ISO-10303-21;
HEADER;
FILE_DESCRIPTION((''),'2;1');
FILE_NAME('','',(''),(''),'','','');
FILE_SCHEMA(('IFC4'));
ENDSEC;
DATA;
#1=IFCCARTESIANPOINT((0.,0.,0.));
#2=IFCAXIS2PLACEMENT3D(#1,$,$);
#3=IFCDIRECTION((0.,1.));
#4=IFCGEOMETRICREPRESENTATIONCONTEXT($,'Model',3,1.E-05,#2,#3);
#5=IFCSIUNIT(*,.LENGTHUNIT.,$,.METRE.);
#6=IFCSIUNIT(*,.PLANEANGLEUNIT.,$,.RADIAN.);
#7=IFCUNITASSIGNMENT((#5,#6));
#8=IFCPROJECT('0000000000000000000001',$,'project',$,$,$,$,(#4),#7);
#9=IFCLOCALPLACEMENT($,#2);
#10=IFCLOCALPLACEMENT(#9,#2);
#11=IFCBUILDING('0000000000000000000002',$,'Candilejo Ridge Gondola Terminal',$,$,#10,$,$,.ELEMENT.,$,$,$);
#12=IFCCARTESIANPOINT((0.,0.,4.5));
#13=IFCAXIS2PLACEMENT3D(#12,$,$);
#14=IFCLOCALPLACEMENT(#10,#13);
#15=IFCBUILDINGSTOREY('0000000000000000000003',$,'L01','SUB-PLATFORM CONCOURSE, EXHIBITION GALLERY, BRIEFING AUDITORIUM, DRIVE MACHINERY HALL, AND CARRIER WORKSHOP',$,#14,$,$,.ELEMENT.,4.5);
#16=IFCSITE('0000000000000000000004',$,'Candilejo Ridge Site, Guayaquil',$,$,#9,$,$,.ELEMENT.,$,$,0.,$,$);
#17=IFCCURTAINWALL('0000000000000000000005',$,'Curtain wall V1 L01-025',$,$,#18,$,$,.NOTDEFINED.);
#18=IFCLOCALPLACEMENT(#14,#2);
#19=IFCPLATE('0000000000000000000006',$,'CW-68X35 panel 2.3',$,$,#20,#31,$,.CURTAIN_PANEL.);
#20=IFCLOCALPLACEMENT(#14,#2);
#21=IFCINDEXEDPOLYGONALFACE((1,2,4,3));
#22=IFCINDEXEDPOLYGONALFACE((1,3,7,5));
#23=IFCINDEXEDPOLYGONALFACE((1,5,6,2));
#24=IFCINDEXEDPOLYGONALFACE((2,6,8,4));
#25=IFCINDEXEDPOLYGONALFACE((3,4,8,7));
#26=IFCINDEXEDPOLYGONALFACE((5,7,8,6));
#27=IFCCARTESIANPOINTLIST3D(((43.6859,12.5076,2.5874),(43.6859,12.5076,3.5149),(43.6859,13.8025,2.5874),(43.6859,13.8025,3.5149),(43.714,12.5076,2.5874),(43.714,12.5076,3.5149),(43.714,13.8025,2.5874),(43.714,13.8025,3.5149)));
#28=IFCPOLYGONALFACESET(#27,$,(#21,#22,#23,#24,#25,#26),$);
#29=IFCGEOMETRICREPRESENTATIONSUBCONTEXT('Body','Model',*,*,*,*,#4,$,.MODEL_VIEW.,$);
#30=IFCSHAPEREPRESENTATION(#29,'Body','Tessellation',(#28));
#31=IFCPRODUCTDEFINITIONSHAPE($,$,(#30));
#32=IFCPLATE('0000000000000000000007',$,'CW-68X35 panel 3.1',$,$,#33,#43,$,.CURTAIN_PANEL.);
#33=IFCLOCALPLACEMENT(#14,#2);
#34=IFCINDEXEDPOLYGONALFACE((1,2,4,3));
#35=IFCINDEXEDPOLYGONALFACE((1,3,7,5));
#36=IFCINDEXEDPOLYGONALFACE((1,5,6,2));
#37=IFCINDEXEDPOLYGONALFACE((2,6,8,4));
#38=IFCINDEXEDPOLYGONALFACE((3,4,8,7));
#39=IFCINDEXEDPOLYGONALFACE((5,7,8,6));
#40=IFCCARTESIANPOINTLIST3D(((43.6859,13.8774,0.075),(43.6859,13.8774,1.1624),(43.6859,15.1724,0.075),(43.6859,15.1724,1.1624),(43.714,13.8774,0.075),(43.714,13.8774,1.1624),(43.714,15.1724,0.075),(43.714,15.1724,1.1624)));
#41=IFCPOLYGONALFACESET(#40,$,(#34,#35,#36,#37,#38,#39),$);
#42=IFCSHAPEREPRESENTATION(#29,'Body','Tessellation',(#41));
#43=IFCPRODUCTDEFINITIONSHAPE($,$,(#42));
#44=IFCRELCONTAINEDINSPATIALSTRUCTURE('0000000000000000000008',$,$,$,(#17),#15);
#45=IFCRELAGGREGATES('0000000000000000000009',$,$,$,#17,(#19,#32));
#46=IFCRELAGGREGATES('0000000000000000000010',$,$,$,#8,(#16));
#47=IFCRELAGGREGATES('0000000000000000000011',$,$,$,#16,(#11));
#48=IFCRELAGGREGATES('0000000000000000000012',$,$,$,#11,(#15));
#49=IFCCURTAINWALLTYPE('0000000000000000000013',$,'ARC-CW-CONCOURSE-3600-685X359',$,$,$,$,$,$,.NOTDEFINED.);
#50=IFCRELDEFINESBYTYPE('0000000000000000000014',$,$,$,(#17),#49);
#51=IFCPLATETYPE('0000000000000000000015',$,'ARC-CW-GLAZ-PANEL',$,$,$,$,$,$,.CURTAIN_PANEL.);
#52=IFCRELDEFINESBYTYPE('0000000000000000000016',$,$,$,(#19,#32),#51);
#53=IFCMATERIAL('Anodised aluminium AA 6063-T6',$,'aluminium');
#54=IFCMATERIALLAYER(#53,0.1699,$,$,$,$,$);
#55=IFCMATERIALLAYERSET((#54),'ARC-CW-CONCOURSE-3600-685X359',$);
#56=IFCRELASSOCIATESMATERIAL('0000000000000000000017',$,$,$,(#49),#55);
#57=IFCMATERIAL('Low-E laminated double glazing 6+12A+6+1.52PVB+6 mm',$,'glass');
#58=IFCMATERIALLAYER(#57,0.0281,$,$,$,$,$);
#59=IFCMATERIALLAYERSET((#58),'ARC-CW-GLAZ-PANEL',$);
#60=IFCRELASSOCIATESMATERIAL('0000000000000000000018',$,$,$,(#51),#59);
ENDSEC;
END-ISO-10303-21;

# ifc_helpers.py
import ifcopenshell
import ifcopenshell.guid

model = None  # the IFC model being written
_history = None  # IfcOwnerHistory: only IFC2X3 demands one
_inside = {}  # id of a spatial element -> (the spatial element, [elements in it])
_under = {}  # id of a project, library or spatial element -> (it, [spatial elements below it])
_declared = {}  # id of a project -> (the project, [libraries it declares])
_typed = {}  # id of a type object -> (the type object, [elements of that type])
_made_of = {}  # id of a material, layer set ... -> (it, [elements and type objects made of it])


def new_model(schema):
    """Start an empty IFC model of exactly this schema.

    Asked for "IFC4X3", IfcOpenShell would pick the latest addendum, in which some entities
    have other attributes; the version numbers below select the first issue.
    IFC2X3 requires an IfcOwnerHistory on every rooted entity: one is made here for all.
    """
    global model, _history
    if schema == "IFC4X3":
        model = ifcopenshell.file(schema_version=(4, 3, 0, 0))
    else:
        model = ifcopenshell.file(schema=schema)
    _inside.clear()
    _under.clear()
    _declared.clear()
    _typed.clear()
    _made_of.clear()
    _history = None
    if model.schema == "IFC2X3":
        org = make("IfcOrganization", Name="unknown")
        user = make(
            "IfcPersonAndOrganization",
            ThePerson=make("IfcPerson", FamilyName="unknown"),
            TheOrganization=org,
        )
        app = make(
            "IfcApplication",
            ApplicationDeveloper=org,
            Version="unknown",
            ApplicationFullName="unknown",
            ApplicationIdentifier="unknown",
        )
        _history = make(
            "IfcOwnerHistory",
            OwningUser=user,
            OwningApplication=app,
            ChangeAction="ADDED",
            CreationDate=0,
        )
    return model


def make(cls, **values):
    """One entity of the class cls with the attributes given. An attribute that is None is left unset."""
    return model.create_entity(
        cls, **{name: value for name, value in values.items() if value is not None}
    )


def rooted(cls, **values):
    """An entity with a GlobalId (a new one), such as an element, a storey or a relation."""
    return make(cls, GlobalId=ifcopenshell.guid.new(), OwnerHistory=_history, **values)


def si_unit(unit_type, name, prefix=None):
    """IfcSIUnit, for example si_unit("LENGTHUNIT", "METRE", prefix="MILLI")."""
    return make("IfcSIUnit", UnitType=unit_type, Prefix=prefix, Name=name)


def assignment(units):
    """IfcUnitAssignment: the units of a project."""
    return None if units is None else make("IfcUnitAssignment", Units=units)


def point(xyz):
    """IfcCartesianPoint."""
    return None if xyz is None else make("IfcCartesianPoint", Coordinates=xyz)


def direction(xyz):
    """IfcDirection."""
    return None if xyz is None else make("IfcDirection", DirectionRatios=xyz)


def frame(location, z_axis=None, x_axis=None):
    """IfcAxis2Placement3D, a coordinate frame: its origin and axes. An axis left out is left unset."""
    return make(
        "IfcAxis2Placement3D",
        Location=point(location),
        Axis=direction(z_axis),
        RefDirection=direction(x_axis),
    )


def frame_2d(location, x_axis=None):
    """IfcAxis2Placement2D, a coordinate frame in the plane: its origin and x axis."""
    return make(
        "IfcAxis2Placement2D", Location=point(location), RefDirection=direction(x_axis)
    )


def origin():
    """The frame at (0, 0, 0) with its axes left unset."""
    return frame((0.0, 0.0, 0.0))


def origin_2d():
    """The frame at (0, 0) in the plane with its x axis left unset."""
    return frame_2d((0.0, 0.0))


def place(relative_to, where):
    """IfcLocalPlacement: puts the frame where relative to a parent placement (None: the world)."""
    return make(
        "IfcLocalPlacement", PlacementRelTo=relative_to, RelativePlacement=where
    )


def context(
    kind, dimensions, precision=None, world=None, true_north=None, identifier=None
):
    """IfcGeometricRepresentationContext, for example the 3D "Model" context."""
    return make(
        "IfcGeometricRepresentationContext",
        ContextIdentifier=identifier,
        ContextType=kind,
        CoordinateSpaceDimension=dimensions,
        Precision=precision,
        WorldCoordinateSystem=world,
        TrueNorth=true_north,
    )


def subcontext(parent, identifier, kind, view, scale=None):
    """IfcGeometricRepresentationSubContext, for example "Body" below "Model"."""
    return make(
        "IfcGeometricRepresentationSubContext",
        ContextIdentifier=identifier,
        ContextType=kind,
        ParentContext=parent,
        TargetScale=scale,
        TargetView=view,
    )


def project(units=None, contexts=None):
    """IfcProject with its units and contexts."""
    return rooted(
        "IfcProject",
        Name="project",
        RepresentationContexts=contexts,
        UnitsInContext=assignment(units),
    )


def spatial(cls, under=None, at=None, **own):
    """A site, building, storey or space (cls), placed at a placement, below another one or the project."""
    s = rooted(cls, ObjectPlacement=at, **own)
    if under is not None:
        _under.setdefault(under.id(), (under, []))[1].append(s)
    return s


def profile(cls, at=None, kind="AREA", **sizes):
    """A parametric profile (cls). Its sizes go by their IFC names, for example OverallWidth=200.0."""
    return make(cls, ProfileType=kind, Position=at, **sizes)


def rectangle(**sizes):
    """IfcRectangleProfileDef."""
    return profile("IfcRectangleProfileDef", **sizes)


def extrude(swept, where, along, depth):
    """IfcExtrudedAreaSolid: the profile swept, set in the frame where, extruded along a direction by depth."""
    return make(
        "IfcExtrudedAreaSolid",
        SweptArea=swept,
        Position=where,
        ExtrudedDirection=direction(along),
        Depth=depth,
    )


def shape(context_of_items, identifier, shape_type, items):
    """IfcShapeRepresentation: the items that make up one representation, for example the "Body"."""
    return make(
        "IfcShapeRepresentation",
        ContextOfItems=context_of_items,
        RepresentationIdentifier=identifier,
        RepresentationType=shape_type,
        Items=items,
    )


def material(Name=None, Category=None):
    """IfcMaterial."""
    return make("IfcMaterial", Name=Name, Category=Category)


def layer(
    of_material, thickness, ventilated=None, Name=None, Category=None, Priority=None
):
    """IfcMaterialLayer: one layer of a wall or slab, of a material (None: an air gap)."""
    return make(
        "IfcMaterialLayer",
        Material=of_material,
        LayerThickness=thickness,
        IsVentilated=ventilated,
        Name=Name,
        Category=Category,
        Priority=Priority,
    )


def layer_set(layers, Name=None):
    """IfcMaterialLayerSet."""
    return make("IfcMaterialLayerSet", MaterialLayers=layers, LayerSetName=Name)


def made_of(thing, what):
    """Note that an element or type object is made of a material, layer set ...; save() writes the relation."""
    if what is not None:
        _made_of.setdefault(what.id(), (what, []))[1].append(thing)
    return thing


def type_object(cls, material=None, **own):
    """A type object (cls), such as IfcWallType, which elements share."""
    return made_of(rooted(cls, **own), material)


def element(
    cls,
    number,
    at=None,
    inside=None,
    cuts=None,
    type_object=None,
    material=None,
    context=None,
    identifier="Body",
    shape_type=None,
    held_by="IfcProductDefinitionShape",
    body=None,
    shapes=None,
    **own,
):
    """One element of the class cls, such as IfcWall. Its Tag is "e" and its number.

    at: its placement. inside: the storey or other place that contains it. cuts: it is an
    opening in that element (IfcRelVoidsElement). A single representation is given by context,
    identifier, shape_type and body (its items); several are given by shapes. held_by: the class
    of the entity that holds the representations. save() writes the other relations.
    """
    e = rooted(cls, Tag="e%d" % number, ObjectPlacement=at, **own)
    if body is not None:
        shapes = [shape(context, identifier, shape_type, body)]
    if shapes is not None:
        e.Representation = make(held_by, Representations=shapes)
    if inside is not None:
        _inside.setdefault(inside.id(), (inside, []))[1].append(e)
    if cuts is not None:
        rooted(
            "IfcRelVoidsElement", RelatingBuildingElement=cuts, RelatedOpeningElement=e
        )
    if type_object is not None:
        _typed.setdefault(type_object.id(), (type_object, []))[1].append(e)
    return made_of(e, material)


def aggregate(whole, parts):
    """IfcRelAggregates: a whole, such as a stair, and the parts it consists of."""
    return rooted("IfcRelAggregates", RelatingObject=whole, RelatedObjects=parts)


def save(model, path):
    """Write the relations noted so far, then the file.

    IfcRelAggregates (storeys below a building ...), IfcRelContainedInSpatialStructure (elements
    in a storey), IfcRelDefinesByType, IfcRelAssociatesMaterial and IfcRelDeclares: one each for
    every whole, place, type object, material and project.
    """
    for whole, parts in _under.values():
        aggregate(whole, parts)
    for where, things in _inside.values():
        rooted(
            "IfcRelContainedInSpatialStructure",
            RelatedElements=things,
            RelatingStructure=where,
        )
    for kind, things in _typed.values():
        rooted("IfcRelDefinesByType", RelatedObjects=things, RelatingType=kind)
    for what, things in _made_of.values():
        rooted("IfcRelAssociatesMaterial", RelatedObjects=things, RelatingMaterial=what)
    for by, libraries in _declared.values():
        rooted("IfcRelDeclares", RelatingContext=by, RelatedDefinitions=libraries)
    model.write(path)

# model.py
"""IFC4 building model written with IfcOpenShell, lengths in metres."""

from ifc_helpers import new_model, si_unit, direction, frame, origin, origin_2d, place, context, subcontext, project, spatial, rectangle, extrude, material, layer, layer_set, type_object, element, aggregate, save


model = new_model("IFC4")

# Units and contexts
model_context = context("Model", 3, precision=1e-05, world=origin(), true_north=direction((0.0, 1.0)))
body_context = subcontext(model_context, "Body", "Model", "MODEL_VIEW")
ifc_project = project(units=[si_unit("LENGTHUNIT", "METRE"), si_unit("PLANEANGLEUNIT", "RADIAN")], contexts=[model_context])

# Site, building, storey
site_placement = place(None, origin())
site = spatial("IfcSite", under=ifc_project, at=site_placement, Name="Candilejo Ridge Site, Guayaquil", CompositionType="ELEMENT", RefElevation=0.0)
building_placement = place(site_placement, origin())
building = spatial("IfcBuilding", under=site, at=building_placement, Name="Candilejo Ridge Gondola Terminal", CompositionType="ELEMENT")
storey_placement = place(building_placement, frame((0.0, 0.0, 4.5)))
storey = spatial("IfcBuildingStorey", under=building, at=storey_placement, Name="L01", Description="SUB-PLATFORM CONCOURSE, EXHIBITION GALLERY, BRIEFING AUDITORIUM, DRIVE MACHINERY HALL, AND CARRIER WORKSHOP", CompositionType="ELEMENT", Elevation=4.5)

# Curtain wall
ifc_material_1 = material(Name="Anodised aluminium AA 6063-T6", Category="aluminium")
ifc_layer_1 = layer(ifc_material_1, 0.1699)
ifc_layer_set_1 = layer_set([ifc_layer_1], Name="ARC-CW-CONCOURSE-3600-685X359")
curtain_wall_type_1 = type_object("IfcCurtainWallType", Name="ARC-CW-CONCOURSE-3600-685X359", PredefinedType="NOTDEFINED", material=ifc_layer_set_1)
curtain_wall_1_placement = place(storey_placement, origin())
curtain_wall_1 = element("IfcCurtainWall", 1, at=curtain_wall_1_placement, inside=storey, type_object=curtain_wall_type_1, Name="Curtain wall V1 L01-025", PredefinedType="NOTDEFINED")

# Plates
ifc_material_2 = material(Name="Low-E laminated double glazing 6+12A+6+1.52PVB+6 mm", Category="glass")
ifc_layer_2 = layer(ifc_material_2, 0.0281)
ifc_layer_set_2 = layer_set([ifc_layer_2], Name="ARC-CW-GLAZ-PANEL")
plate_type = type_object("IfcPlateType", Name="ARC-CW-GLAZ-PANEL", PredefinedType="CURTAIN_PANEL", material=ifc_layer_set_2)
plate_1_placement = place(storey_placement, frame((43.7, 13.155, 2.5874), z_axis=(0.0, 0.0, 1.0), x_axis=(0.0, 1.0, 0.0)))
plate_1 = element("IfcPlate", 2, at=plate_1_placement, type_object=plate_type, Name="CW-68X35 panel 2.3", PredefinedType="CURTAIN_PANEL", context=body_context, shape_type="SweptSolid", body=[
    extrude(rectangle(XDim=1.2949, YDim=0.0281, at=origin_2d()), origin(), (0.0, 0.0, 1.0), 0.9275),
])
plate_2_placement = place(storey_placement, frame((43.7, 14.5249, 0.075), z_axis=(0.0, 0.0, 1.0), x_axis=(0.0, 1.0, 0.0)))
plate_2 = element("IfcPlate", 3, at=plate_2_placement, type_object=plate_type, Name="CW-68X35 panel 3.1", PredefinedType="CURTAIN_PANEL", context=body_context, shape_type="SweptSolid", body=[
    extrude(rectangle(XDim=1.2949, YDim=0.0281, at=origin_2d()), origin(), (0.0, 0.0, 1.0), 1.0874),
])
aggregate(curtain_wall_1, [plate_1, plate_2])

save(model, "model.ifc")
